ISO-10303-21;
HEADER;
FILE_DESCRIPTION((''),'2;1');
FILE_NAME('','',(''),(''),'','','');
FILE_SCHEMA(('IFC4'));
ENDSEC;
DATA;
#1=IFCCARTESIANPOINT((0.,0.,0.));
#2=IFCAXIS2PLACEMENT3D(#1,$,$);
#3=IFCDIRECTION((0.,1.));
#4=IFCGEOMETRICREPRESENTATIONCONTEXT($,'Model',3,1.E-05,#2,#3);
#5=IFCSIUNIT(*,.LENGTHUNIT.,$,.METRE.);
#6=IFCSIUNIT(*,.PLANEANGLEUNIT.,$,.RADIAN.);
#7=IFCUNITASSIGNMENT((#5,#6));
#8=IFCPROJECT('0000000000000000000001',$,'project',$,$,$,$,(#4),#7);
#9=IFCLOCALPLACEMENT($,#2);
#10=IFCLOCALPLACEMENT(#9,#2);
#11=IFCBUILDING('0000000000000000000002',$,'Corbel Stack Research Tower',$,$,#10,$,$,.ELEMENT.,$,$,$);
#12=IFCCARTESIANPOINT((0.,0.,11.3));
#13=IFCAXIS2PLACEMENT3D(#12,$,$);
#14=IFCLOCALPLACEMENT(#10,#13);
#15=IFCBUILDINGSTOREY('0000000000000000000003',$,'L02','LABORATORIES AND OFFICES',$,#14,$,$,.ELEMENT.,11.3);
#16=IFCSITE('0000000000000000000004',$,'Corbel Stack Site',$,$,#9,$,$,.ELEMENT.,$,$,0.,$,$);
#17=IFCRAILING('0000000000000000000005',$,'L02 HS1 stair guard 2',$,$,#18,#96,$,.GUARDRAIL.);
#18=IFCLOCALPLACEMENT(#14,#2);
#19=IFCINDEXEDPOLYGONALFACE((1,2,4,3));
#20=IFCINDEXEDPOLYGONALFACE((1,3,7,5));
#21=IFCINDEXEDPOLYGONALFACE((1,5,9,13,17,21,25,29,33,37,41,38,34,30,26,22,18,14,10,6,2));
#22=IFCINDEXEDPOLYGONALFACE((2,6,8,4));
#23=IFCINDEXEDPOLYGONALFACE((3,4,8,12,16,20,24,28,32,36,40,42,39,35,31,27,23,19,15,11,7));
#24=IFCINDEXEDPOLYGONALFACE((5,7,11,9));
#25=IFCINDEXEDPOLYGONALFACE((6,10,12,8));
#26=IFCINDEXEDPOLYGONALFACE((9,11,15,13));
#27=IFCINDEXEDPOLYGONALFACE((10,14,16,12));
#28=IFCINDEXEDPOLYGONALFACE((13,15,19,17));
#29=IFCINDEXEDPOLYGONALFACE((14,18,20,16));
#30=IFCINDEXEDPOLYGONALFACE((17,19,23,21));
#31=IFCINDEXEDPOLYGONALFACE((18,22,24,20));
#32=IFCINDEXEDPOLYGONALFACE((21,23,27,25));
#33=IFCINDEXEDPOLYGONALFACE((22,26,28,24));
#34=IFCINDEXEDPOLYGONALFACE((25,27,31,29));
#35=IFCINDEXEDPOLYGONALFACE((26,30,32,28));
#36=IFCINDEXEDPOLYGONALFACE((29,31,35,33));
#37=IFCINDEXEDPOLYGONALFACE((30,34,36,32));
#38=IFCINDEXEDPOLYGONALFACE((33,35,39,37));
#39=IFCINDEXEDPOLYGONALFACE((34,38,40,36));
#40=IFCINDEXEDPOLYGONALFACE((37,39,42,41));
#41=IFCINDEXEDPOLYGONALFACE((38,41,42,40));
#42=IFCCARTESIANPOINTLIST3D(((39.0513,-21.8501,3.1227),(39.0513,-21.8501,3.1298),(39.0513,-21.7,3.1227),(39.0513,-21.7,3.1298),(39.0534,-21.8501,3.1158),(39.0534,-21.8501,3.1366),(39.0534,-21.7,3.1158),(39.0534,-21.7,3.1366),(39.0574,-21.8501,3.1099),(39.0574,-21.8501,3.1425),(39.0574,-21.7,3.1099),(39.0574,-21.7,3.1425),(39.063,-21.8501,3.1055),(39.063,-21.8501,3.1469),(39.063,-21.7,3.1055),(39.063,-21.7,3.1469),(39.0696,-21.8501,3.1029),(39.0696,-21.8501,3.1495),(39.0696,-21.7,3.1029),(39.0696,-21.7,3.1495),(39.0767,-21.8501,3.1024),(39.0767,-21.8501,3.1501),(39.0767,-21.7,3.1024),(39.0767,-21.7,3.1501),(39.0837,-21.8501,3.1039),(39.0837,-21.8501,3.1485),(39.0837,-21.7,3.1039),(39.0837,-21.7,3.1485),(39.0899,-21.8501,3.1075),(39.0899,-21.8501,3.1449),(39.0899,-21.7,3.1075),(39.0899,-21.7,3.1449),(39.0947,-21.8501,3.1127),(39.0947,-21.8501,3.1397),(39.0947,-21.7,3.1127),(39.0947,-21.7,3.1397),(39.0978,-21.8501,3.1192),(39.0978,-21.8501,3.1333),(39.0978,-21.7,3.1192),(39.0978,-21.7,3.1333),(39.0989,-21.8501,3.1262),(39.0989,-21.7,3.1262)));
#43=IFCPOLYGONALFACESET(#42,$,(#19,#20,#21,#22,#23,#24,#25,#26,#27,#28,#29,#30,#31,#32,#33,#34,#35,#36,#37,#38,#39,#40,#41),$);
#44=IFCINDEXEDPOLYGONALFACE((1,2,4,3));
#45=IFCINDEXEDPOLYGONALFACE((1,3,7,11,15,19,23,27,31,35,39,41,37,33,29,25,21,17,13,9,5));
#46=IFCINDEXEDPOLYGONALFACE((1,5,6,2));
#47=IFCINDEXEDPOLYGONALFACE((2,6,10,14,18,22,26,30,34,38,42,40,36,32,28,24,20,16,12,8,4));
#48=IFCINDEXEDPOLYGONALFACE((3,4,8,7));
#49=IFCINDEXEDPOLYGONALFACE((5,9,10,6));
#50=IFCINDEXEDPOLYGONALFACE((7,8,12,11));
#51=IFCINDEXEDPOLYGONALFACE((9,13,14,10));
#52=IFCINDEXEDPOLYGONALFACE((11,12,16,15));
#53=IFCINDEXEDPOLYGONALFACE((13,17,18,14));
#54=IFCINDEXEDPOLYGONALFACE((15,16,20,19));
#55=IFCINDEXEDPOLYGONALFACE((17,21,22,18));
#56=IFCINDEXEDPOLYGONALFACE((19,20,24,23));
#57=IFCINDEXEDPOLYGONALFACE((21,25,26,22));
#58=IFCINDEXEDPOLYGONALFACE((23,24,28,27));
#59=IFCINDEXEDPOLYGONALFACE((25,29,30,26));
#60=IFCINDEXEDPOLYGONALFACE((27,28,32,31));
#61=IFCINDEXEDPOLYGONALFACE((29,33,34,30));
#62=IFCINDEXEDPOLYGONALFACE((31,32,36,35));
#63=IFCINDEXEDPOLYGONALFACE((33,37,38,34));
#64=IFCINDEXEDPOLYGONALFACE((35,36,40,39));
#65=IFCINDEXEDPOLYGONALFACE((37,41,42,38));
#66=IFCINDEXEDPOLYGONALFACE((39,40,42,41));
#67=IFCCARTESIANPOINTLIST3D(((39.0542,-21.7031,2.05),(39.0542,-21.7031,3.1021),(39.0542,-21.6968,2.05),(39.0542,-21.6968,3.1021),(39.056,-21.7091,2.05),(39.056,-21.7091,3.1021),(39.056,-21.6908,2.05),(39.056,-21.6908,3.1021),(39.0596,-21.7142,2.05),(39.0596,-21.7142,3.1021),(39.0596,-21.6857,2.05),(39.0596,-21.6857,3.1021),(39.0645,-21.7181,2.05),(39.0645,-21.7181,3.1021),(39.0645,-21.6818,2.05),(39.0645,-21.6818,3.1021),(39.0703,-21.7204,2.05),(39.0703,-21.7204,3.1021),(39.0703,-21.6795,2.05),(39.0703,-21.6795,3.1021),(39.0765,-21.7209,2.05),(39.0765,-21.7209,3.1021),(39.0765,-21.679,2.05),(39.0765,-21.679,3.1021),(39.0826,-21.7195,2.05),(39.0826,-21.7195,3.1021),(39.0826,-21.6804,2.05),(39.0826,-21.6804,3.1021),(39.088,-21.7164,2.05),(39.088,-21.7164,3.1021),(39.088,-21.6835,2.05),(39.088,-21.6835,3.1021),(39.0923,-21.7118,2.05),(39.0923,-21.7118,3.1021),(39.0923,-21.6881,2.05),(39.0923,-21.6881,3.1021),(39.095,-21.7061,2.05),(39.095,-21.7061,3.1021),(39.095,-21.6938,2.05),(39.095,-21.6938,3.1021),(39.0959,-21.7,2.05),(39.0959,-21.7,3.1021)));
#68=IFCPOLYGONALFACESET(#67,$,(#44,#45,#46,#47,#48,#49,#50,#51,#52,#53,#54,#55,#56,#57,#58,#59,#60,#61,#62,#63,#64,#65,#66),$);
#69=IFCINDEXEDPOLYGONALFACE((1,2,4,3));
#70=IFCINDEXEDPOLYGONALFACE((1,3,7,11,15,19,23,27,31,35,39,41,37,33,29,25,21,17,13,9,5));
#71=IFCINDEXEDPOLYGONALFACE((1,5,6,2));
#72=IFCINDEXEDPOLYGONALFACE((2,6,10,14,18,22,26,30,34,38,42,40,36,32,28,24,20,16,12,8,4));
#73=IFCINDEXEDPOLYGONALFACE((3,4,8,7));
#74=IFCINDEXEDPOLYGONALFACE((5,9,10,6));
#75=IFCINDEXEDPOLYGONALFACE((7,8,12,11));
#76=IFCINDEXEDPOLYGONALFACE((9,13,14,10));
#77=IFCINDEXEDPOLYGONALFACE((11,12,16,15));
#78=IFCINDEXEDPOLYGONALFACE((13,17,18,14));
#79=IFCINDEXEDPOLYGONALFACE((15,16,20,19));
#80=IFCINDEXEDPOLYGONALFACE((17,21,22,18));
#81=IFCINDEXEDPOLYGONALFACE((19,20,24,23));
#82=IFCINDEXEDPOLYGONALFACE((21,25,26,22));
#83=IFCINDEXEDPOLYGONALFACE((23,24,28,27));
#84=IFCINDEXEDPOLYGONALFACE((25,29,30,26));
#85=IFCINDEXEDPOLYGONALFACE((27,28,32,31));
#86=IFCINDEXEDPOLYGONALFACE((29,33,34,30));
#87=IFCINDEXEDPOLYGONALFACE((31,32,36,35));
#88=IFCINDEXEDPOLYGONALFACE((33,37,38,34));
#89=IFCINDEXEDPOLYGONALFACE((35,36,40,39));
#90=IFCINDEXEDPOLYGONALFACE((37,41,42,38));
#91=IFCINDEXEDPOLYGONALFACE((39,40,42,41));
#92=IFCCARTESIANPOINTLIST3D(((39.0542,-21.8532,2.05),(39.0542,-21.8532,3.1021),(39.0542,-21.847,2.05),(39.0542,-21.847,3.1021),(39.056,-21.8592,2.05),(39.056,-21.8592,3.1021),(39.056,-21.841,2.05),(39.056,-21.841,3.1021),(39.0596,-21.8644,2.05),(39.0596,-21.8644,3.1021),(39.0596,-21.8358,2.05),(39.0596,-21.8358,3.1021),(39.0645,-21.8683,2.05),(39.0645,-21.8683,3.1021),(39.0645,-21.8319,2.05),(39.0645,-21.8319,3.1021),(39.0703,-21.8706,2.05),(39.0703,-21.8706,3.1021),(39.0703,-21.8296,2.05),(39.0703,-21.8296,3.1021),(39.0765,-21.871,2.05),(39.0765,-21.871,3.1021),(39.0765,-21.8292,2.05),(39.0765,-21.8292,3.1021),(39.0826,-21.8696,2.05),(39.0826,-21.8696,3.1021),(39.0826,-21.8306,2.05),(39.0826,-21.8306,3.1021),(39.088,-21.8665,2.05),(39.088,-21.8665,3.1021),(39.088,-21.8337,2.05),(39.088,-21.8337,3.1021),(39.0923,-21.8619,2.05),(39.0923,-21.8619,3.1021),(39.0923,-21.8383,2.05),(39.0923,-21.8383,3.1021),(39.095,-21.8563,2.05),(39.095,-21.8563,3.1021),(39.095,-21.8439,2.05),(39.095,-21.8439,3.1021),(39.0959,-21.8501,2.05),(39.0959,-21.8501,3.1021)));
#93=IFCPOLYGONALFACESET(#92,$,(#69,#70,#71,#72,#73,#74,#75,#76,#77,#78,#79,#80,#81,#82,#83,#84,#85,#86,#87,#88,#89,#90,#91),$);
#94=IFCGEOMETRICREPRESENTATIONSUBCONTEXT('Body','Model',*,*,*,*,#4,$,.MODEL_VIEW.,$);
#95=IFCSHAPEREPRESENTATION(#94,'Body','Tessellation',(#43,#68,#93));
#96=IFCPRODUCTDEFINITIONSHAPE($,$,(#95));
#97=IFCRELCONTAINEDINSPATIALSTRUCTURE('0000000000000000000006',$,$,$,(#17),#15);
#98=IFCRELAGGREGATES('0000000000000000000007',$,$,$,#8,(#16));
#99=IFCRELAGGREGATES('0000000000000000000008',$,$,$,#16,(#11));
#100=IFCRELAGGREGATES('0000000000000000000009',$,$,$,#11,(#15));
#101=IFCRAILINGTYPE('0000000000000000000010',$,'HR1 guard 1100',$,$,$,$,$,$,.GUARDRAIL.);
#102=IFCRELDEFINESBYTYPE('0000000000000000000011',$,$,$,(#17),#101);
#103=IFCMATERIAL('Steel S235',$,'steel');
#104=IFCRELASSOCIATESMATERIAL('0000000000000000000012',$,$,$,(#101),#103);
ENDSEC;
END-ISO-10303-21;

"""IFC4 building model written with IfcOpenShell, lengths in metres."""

from ifc_helpers import new_model, si_unit, direction, frame, origin, origin_2d, place, context, subcontext, project, spatial, circle, extrude, material, type_object, element, save


model = new_model("IFC4")

# Units and contexts
model_context = context("Model", 3, precision=1e-05, world=origin(), true_north=direction((0.0, 1.0)))
body_context = subcontext(model_context, "Body", "Model", "MODEL_VIEW")
ifc_project = project(units=[si_unit("LENGTHUNIT", "METRE"), si_unit("PLANEANGLEUNIT", "RADIAN")], contexts=[model_context])

# Site, building, storey
site_placement = place(None, origin())
site = spatial("IfcSite", under=ifc_project, at=site_placement, Name="Corbel Stack Site", CompositionType="ELEMENT", RefElevation=0.0)
building_placement = place(site_placement, origin())
building = spatial("IfcBuilding", under=site, at=building_placement, Name="Corbel Stack Research Tower", CompositionType="ELEMENT")
storey_placement = place(building_placement, frame((0.0, 0.0, 11.3)))
storey = spatial("IfcBuildingStorey", under=building, at=storey_placement, Name="L02", Description="LABORATORIES AND OFFICES", CompositionType="ELEMENT", Elevation=11.3)

# Railing
ifc_material_1 = material(Name="Steel S235", Category="steel")
railing_type_1 = type_object("IfcRailingType", Name="HR1 guard 1100", PredefinedType="GUARDRAIL", material=ifc_material_1)
railing_1_placement = place(storey_placement, frame((39.075, -21.7, 2.05)))
element("IfcRailing", 1, at=railing_1_placement, inside=storey, type_object=railing_type_1, Name="L02 HS1 stair guard 2", PredefinedType="GUARDRAIL", context=body_context, shape_type="SweptSolid", body=[
    extrude(circle(Radius=0.0239, at=origin_2d()), frame((0.0, 0.0, 1.0762), z_axis=(0.0, -1.0, 0.0), x_axis=(1.0, 0.0, 0.0)), (0.0, 0.0, 1.0), 0.1501),
    extrude(circle(Radius=0.021, at=origin_2d()), origin(), (0.0, 0.0, 1.0), 1.052),
    extrude(circle(Radius=0.021, at=origin_2d()), frame((0.0, -0.1501, 0.0)), (0.0, 0.0, 1.0), 1.052),
])

save(model, "model.ifc")
